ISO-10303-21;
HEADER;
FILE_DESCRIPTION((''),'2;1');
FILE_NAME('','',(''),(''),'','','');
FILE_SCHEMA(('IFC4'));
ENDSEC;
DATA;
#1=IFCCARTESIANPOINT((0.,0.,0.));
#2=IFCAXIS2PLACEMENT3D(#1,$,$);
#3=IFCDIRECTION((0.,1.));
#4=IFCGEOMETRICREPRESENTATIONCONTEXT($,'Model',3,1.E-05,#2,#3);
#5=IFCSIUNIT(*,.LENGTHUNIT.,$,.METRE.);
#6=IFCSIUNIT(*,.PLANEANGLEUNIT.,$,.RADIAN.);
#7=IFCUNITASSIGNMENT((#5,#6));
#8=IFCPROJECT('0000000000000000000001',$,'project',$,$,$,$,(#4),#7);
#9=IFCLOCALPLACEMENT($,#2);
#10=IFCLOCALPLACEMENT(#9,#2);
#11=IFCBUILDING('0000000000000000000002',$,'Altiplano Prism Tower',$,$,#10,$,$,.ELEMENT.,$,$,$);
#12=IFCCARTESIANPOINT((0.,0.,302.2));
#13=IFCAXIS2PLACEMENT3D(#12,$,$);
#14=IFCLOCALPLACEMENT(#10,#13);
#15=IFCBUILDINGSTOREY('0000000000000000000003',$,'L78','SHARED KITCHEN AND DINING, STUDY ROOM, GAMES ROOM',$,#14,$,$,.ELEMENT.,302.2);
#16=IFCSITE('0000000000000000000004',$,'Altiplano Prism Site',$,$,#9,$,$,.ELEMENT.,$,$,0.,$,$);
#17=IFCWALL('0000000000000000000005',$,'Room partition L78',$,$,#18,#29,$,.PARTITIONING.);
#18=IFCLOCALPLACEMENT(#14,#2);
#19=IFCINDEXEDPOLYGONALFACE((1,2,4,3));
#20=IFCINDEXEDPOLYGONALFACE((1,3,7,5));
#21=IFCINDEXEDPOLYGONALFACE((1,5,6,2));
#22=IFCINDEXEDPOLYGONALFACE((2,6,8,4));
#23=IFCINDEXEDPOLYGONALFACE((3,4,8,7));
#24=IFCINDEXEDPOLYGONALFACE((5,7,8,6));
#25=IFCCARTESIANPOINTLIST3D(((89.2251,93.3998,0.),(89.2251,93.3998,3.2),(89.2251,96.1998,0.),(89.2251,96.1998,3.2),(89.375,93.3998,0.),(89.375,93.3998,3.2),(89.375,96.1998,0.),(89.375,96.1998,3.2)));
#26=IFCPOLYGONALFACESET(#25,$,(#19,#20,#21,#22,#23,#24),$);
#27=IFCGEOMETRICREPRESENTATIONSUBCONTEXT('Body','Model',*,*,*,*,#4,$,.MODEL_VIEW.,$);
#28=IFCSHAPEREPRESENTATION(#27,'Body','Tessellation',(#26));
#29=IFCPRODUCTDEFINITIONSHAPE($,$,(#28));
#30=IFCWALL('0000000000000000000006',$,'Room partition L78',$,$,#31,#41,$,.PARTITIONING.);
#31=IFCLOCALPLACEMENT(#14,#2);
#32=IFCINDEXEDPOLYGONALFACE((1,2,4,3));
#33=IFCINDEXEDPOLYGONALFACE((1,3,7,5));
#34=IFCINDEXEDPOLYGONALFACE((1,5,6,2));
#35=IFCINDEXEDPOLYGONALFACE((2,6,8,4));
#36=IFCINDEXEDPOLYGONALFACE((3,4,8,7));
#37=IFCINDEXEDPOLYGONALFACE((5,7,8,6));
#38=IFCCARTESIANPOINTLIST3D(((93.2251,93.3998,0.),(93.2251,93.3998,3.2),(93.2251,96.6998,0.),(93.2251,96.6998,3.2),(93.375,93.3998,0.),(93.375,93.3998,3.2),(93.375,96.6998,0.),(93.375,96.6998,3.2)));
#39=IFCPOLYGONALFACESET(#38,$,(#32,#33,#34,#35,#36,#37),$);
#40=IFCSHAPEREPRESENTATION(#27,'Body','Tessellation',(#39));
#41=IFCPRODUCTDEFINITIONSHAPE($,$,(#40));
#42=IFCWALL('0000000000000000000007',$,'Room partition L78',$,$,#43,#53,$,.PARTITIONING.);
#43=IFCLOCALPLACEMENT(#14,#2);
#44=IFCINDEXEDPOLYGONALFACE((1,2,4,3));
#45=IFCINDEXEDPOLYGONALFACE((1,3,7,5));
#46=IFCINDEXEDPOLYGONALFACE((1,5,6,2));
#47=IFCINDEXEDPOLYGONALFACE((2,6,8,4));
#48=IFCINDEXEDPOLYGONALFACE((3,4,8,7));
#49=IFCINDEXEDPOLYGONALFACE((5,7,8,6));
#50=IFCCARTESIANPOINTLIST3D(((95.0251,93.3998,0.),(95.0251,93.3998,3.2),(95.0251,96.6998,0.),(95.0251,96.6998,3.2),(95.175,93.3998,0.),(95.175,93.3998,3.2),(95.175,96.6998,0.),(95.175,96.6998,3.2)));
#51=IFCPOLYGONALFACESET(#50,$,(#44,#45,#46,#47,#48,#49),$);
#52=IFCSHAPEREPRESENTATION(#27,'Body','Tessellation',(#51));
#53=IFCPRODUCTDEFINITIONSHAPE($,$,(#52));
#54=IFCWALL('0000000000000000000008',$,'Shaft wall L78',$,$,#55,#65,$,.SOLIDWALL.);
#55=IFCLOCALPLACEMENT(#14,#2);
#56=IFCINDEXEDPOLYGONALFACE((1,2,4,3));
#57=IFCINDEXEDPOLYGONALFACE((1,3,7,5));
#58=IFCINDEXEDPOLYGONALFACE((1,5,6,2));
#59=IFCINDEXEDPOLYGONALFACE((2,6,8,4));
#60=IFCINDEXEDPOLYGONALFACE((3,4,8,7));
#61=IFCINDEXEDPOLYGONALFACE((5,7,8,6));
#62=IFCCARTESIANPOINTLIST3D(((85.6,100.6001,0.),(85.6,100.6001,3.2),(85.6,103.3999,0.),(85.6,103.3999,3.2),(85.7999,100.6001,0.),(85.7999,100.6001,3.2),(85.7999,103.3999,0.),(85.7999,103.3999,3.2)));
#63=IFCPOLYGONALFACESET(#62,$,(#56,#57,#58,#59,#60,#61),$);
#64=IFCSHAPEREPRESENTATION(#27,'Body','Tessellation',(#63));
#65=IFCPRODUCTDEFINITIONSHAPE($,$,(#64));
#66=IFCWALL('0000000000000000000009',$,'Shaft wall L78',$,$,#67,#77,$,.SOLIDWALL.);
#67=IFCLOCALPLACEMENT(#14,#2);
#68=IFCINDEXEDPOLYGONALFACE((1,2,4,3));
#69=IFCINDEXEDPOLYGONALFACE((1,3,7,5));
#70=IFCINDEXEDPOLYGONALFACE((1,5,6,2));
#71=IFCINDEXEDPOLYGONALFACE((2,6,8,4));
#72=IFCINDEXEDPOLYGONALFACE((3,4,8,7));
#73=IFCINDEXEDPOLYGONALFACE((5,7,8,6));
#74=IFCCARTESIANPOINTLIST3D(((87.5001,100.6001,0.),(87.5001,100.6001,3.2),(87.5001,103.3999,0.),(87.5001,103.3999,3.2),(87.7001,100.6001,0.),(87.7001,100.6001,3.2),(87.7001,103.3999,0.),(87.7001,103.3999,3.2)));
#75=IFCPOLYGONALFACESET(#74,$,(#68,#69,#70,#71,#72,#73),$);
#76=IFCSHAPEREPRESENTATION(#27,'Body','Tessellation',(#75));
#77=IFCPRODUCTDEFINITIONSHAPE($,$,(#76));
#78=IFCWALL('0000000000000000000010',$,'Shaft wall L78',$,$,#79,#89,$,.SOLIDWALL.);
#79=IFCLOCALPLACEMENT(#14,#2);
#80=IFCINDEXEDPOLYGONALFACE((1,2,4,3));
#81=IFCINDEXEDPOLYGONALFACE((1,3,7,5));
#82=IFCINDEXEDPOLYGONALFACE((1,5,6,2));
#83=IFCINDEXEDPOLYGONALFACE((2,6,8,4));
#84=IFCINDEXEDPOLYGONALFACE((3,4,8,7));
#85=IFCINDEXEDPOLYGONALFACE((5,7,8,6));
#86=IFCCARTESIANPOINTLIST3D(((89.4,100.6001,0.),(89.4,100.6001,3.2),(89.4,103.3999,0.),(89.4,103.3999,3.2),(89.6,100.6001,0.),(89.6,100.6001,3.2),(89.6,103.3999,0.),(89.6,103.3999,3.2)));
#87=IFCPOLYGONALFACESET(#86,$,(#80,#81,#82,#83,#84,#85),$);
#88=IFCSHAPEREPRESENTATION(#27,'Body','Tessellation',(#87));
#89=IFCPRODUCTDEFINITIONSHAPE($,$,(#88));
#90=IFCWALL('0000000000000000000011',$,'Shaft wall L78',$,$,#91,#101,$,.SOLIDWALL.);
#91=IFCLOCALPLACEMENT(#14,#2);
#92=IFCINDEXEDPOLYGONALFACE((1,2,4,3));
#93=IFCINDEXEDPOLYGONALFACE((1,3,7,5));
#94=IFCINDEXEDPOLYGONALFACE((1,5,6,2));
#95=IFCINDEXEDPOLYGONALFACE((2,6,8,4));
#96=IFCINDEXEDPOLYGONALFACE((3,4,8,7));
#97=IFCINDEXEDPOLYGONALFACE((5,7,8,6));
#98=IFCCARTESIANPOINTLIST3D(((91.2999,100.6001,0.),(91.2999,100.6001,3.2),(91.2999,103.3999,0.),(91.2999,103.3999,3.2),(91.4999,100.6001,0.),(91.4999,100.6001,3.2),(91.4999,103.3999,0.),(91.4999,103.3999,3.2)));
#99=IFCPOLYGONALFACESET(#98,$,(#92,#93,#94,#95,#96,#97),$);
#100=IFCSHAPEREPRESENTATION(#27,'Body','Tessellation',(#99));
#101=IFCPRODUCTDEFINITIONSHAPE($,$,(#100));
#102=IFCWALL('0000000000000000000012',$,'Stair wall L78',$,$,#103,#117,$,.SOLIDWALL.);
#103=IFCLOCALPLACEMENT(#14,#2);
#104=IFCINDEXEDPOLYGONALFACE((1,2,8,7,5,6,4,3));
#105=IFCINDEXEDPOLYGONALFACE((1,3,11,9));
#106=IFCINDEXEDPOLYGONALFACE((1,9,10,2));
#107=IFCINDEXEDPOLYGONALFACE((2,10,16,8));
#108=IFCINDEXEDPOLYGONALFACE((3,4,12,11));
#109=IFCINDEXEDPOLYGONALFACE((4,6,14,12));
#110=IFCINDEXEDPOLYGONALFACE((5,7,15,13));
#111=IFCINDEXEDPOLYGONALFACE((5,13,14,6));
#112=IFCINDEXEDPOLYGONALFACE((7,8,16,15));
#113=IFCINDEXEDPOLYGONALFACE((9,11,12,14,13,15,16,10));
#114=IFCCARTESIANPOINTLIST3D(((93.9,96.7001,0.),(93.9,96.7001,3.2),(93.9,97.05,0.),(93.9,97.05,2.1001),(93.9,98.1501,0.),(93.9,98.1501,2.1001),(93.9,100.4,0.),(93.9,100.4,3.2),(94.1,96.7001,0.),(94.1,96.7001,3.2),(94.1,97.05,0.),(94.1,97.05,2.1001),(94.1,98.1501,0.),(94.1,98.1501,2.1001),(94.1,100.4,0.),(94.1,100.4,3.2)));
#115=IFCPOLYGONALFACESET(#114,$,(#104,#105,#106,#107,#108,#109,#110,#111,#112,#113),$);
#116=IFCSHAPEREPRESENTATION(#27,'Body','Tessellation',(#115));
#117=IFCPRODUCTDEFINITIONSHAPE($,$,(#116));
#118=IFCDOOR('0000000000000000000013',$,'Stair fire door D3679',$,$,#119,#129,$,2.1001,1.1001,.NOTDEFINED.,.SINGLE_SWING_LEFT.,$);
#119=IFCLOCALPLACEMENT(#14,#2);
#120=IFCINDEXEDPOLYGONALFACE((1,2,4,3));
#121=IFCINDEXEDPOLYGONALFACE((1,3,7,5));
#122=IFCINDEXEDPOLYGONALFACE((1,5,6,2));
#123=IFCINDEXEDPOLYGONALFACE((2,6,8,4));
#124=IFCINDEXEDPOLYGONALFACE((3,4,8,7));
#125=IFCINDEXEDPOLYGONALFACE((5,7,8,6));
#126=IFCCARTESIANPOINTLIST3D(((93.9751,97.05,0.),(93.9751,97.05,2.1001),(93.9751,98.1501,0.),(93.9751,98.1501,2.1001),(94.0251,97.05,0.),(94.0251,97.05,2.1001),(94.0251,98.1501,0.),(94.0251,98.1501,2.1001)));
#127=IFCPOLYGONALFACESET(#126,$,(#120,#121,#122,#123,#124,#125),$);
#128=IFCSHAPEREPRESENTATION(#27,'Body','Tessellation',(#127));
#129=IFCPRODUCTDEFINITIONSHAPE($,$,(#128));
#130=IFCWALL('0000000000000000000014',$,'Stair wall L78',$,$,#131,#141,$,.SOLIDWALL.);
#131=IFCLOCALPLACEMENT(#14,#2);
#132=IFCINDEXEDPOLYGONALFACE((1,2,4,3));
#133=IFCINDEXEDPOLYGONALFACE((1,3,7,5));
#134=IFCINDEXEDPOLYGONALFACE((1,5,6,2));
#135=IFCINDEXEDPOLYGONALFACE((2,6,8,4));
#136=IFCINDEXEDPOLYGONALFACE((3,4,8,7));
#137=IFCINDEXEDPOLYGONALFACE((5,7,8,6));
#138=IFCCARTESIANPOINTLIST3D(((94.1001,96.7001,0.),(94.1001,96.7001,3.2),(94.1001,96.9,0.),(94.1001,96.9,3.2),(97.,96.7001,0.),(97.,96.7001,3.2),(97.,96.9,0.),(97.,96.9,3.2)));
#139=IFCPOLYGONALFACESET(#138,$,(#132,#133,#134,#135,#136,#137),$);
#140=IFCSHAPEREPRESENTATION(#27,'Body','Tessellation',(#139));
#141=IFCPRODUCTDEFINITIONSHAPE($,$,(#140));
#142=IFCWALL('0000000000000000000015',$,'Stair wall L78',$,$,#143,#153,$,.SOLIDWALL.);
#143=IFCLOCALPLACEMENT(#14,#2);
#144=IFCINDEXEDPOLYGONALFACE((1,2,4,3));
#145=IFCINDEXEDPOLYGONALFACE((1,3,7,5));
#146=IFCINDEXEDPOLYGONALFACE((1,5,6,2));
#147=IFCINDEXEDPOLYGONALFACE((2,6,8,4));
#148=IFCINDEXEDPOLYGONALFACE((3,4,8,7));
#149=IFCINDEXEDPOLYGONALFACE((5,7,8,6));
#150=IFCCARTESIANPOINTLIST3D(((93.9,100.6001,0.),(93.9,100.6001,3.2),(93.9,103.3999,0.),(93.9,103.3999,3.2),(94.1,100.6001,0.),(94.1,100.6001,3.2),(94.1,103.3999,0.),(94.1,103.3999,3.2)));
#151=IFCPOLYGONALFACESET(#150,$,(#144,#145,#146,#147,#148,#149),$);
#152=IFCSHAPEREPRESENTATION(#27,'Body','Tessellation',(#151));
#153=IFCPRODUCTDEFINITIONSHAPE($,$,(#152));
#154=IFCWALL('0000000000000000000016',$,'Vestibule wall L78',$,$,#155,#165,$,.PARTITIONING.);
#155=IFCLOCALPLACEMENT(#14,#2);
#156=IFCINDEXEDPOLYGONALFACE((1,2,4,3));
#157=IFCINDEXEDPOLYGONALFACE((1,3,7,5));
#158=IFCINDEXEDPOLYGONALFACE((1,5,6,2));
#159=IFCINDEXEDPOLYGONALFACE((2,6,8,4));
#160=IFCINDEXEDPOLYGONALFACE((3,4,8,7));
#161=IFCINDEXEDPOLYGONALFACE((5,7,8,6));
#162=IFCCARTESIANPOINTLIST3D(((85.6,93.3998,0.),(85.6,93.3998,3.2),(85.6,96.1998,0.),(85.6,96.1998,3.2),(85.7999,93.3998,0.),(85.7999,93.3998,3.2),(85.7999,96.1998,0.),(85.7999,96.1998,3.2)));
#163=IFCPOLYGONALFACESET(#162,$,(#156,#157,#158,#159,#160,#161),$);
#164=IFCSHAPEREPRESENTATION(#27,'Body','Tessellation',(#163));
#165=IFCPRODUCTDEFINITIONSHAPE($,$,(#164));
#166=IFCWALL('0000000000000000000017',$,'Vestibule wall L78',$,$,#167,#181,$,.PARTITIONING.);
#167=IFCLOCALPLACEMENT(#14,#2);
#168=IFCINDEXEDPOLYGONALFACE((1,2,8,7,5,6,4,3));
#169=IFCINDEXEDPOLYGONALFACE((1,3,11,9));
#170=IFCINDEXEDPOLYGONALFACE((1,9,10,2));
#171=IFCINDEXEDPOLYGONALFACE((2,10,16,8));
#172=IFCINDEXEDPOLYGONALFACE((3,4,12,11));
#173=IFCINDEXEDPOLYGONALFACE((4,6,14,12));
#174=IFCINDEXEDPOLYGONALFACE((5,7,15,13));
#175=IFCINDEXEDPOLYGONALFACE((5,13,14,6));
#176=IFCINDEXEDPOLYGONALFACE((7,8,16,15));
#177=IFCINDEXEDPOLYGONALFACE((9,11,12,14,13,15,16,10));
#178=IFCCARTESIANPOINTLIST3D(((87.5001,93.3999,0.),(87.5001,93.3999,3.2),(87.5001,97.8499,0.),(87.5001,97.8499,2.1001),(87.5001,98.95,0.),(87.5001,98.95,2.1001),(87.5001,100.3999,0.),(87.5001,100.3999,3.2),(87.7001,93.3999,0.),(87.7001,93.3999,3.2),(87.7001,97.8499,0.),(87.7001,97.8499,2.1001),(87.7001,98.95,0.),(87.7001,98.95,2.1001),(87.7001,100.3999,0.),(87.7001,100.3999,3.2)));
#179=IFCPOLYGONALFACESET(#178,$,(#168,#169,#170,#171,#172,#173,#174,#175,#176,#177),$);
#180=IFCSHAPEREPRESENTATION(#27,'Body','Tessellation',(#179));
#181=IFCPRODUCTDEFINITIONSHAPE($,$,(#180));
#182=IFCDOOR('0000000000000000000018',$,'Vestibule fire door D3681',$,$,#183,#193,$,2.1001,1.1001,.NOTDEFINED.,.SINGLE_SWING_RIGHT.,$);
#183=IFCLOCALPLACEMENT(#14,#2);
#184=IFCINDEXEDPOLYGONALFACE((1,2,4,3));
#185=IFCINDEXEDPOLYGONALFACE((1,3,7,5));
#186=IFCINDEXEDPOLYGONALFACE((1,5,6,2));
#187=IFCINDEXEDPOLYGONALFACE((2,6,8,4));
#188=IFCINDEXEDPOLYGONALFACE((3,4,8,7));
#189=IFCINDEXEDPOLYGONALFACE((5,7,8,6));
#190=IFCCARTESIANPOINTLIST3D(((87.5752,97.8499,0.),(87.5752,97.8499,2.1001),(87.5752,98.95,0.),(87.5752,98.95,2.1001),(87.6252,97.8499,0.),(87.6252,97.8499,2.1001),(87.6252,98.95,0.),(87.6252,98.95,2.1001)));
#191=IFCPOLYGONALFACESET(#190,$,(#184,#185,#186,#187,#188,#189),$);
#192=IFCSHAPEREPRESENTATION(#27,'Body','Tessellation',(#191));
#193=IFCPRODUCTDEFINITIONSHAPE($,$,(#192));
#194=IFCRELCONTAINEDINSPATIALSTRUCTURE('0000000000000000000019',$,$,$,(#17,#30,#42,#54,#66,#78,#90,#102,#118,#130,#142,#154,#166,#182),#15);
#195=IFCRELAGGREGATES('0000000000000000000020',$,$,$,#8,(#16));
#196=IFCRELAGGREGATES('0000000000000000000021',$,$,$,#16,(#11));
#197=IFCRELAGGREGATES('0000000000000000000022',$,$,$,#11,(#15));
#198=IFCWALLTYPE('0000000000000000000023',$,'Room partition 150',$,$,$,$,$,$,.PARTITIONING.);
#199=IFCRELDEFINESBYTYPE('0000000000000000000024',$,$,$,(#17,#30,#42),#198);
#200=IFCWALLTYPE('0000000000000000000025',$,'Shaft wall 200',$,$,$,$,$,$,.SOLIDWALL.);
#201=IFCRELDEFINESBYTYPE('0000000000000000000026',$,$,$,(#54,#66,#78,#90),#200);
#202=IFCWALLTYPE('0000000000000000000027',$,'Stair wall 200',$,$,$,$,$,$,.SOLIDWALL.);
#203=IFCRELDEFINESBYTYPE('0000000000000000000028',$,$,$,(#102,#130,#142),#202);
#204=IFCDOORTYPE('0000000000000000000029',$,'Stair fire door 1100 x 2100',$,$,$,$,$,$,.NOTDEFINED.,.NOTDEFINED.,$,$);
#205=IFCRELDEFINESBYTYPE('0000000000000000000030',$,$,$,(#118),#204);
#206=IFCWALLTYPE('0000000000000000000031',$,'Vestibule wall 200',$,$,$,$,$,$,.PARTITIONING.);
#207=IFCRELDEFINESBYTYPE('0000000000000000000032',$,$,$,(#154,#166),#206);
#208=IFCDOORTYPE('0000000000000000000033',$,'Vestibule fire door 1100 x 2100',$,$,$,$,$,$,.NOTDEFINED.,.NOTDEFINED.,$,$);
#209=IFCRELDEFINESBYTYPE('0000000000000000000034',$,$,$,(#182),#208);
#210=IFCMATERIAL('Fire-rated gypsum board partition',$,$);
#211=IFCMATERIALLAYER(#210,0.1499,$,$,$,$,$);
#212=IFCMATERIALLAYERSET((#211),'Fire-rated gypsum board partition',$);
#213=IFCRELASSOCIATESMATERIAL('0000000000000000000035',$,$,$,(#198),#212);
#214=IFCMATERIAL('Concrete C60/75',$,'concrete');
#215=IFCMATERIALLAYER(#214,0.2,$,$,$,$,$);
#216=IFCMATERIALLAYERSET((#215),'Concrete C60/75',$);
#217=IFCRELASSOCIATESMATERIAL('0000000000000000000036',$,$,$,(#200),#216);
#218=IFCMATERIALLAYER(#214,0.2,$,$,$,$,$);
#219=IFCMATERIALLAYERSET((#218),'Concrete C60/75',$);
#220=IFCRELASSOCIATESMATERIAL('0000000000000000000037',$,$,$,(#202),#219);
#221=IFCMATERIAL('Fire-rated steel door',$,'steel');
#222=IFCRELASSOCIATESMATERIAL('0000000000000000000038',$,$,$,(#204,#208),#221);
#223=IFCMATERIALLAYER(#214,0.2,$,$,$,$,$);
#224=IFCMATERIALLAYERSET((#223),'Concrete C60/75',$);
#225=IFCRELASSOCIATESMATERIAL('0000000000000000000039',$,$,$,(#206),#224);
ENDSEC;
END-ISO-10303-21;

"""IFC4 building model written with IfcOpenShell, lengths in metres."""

from ifc_helpers import new_model, si_unit, direction, frame, frame_2d, origin, place, context, subcontext, project, spatial, rectangle, extrude, material, layer, layer_set, type_object, element, fill, save


model = new_model("IFC4")

# Units and contexts
model_context = context("Model", 3, precision=1e-05, world=origin(), true_north=direction((0.0, 1.0)))
body_context = subcontext(model_context, "Body", "Model", "MODEL_VIEW")
ifc_project = project(units=[si_unit("LENGTHUNIT", "METRE"), si_unit("PLANEANGLEUNIT", "RADIAN")], contexts=[model_context])

# Site, building, storey
site_placement = place(None, origin())
site = spatial("IfcSite", under=ifc_project, at=site_placement, Name="Altiplano Prism Site", CompositionType="ELEMENT", RefElevation=0.0)
building_placement = place(site_placement, origin())
building = spatial("IfcBuilding", under=site, at=building_placement, Name="Altiplano Prism Tower", CompositionType="ELEMENT")
storey_placement = place(building_placement, frame((0.0, 0.0, 302.2)))
storey = spatial("IfcBuildingStorey", under=building, at=storey_placement, Name="L78", Description="SHARED KITCHEN AND DINING, STUDY ROOM, GAMES ROOM", CompositionType="ELEMENT", Elevation=302.2)

# Walls
ifc_material_1 = material(Name="Fire-rated gypsum board partition")
ifc_layer_1 = layer(ifc_material_1, 0.1499)
ifc_layer_set_1 = layer_set([ifc_layer_1], Name="Fire-rated gypsum board partition")
wall_type_1 = type_object("IfcWallType", Name="Room partition 150", PredefinedType="PARTITIONING", material=ifc_layer_set_1)
wall_1_placement = place(storey_placement, frame((89.3, 93.3999, 0.0), z_axis=(0.0, 0.0, 1.0), x_axis=(0.0, 1.0, 0.0)))
element("IfcWall", 1, at=wall_1_placement, inside=storey, type_object=wall_type_1, Name="Room partition L78", PredefinedType="PARTITIONING", context=body_context, shape_type="SweptSolid", body=[
    extrude(rectangle(XDim=2.8, YDim=0.1499, at=frame_2d((1.3999, 0.0))), origin(), (0.0, 0.0, 1.0), 3.2),
])
for number, where, z_axis, x_axis, name in (
    (2, (93.3, 93.3999, 0.0), (0.0, 0.0, 1.0), (0.0, 1.0, 0.0), "Room partition L78"),
    (3, (95.1001, 93.3999, 0.0), (0.0, 0.0, 1.0), (0.0, 1.0, 0.0), "Room partition L78"),
):
    element("IfcWall", number, at=place(storey_placement, frame(where, z_axis=z_axis, x_axis=x_axis)), inside=storey, type_object=wall_type_1, Name=name, PredefinedType="PARTITIONING", context=body_context, shape_type="SweptSolid", body=[
        extrude(rectangle(XDim=3.3, YDim=0.1499, at=frame_2d((1.6499, 0.0))), origin(), (0.0, 0.0, 1.0), 3.2),
    ])
ifc_material_2 = material(Name="Concrete C60/75", Category="concrete")
ifc_layer_2 = layer(ifc_material_2, 0.2)
ifc_layer_set_2 = layer_set([ifc_layer_2], Name="Concrete C60/75")
wall_type_2 = type_object("IfcWallType", Name="Shaft wall 200", PredefinedType="SOLIDWALL", material=ifc_layer_set_2)
for number, where, z_axis, x_axis, name in (
    (4, (85.7, 100.6001, 0.0), (0.0, 0.0, 1.0), (0.0, 1.0, 0.0), "Shaft wall L78"),
    (5, (87.6001, 100.6001, 0.0), (0.0, 0.0, 1.0), (0.0, 1.0, 0.0), "Shaft wall L78"),
    (6, (89.5, 100.6001, 0.0), (0.0, 0.0, 1.0), (0.0, 1.0, 0.0), "Shaft wall L78"),
    (7, (91.3999, 100.6001, 0.0), (0.0, 0.0, 1.0), (0.0, 1.0, 0.0), "Shaft wall L78"),
):
    element("IfcWall", number, at=place(storey_placement, frame(where, z_axis=z_axis, x_axis=x_axis)), inside=storey, type_object=wall_type_2, Name=name, PredefinedType="SOLIDWALL", context=body_context, shape_type="SweptSolid", body=[
        extrude(rectangle(XDim=2.7998, YDim=0.2, at=frame_2d((1.3999, 0.0))), origin(), (0.0, 0.0, 1.0), 3.2),
    ])

# Wall, opening, door
ifc_layer_3 = layer(ifc_material_2, 0.2)
ifc_layer_set_3 = layer_set([ifc_layer_3], Name="Concrete C60/75")
wall_type_3 = type_object("IfcWallType", Name="Stair wall 200", PredefinedType="SOLIDWALL", material=ifc_layer_set_3)
wall_2_placement = place(storey_placement, frame((94.0, 96.7, 0.0), z_axis=(0.0, 0.0, 1.0), x_axis=(0.0, 1.0, 0.0)))
wall_2 = element("IfcWall", 8, at=wall_2_placement, inside=storey, type_object=wall_type_3, Name="Stair wall L78", PredefinedType="SOLIDWALL", context=body_context, shape_type="SweptSolid", body=[
    extrude(rectangle(XDim=3.7, YDim=0.2, at=frame_2d((1.8501, 0.0))), origin(), (0.0, 0.0, 1.0), 3.2),
])
opening_1_placement = place(wall_2_placement, frame((0.3501, 0.0, 0.0)))
opening_1 = element("IfcOpeningElement", 9, at=opening_1_placement, cuts=wall_2, PredefinedType="OPENING", context=body_context, shape_type="SweptSolid", body=[
    extrude(rectangle(XDim=1.1001, YDim=2.1001, at=frame_2d((0.55, 1.05))), frame((0.0, 0.1104, 0.0), z_axis=(0.0, -1.0, 0.0), x_axis=(1.0, 0.0, 0.0)), (0.0, 0.0, 1.0), 0.2209),
])
ifc_material_3 = material(Name="Fire-rated steel door", Category="steel")
door_type_1 = type_object("IfcDoorType", Name="Stair fire door 1100 x 2100", OperationType="NOTDEFINED", PredefinedType="NOTDEFINED", material=ifc_material_3)
door_1_placement = place(opening_1_placement, origin())
door_1 = element("IfcDoor", 10, at=door_1_placement, inside=storey, type_object=door_type_1, Name="Stair fire door D3679", OperationType="SINGLE_SWING_LEFT", OverallHeight=2.1001, OverallWidth=1.1001, PredefinedType="NOTDEFINED", context=body_context, shape_type="SweptSolid", body=[
    extrude(rectangle(XDim=1.1001, YDim=2.1001, at=frame_2d((0.55, 1.05))), frame((0.0, 0.0249, 0.0), z_axis=(0.0, -1.0, 0.0), x_axis=(1.0, 0.0, 0.0)), (0.0, 0.0, 1.0), 0.05),
])
fill(opening_1, door_1)

# Walls
wall_3_placement = place(storey_placement, frame((94.1001, 96.8, 0.0), z_axis=(0.0, 0.0, 1.0), x_axis=(1.0, 0.0, 0.0)))
element("IfcWall", 11, at=wall_3_placement, inside=storey, type_object=wall_type_3, Name="Stair wall L78", PredefinedType="SOLIDWALL", context=body_context, shape_type="SweptSolid", body=[
    extrude(rectangle(XDim=2.8999, YDim=0.2, at=frame_2d((1.45, 0.0))), origin(), (0.0, 0.0, 1.0), 3.2),
])
wall_4_placement = place(storey_placement, frame((94.0, 100.6001, 0.0), z_axis=(0.0, 0.0, 1.0), x_axis=(0.0, 1.0, 0.0)))
element("IfcWall", 12, at=wall_4_placement, inside=storey, type_object=wall_type_3, Name="Stair wall L78", PredefinedType="SOLIDWALL", context=body_context, shape_type="SweptSolid", body=[
    extrude(rectangle(XDim=2.7998, YDim=0.2, at=frame_2d((1.3999, 0.0))), origin(), (0.0, 0.0, 1.0), 3.2),
])
ifc_layer_4 = layer(ifc_material_2, 0.2)
ifc_layer_set_4 = layer_set([ifc_layer_4], Name="Concrete C60/75")
wall_type_4 = type_object("IfcWallType", Name="Vestibule wall 200", PredefinedType="PARTITIONING", material=ifc_layer_set_4)
wall_5_placement = place(storey_placement, frame((85.7, 93.3999, 0.0), z_axis=(0.0, 0.0, 1.0), x_axis=(0.0, 1.0, 0.0)))
element("IfcWall", 13, at=wall_5_placement, inside=storey, type_object=wall_type_4, Name="Vestibule wall L78", PredefinedType="PARTITIONING", context=body_context, shape_type="SweptSolid", body=[
    extrude(rectangle(XDim=2.8, YDim=0.2, at=frame_2d((1.3999, 0.0))), origin(), (0.0, 0.0, 1.0), 3.2),
])

# Wall, opening, door
wall_6_placement = place(storey_placement, frame((87.6001, 93.3999, 0.0), z_axis=(0.0, 0.0, 1.0), x_axis=(0.0, 1.0, 0.0)))
wall_6 = element("IfcWall", 14, at=wall_6_placement, inside=storey, type_object=wall_type_4, Name="Vestibule wall L78", PredefinedType="PARTITIONING", context=body_context, shape_type="SweptSolid", body=[
    extrude(rectangle(XDim=7.0, YDim=0.2, at=frame_2d((3.5, 0.0))), origin(), (0.0, 0.0, 1.0), 3.2),
])
opening_2_placement = place(wall_6_placement, frame((4.45, 0.0, 0.0)))
opening_2 = element("IfcOpeningElement", 15, at=opening_2_placement, cuts=wall_6, PredefinedType="OPENING", context=body_context, shape_type="SweptSolid", body=[
    extrude(rectangle(XDim=1.1001, YDim=2.1001, at=frame_2d((0.55, 1.05))), frame((0.0, 0.1104, 0.0), z_axis=(0.0, -1.0, 0.0), x_axis=(1.0, 0.0, 0.0)), (0.0, 0.0, 1.0), 0.2209),
])
door_type_2 = type_object("IfcDoorType", Name="Vestibule fire door 1100 x 2100", OperationType="NOTDEFINED", PredefinedType="NOTDEFINED", material=ifc_material_3)
door_2_placement = place(opening_2_placement, origin())
door_2 = element("IfcDoor", 16, at=door_2_placement, inside=storey, type_object=door_type_2, Name="Vestibule fire door D3681", OperationType="SINGLE_SWING_RIGHT", OverallHeight=2.1001, OverallWidth=1.1001, PredefinedType="NOTDEFINED", context=body_context, shape_type="SweptSolid", body=[
    extrude(rectangle(XDim=1.1001, YDim=2.1001, at=frame_2d((0.55, 1.05))), frame((0.0, 0.0249, 0.0), z_axis=(0.0, -1.0, 0.0), x_axis=(1.0, 0.0, 0.0)), (0.0, 0.0, 1.0), 0.05),
])
fill(opening_2, door_2)

save(model, "model.ifc")
